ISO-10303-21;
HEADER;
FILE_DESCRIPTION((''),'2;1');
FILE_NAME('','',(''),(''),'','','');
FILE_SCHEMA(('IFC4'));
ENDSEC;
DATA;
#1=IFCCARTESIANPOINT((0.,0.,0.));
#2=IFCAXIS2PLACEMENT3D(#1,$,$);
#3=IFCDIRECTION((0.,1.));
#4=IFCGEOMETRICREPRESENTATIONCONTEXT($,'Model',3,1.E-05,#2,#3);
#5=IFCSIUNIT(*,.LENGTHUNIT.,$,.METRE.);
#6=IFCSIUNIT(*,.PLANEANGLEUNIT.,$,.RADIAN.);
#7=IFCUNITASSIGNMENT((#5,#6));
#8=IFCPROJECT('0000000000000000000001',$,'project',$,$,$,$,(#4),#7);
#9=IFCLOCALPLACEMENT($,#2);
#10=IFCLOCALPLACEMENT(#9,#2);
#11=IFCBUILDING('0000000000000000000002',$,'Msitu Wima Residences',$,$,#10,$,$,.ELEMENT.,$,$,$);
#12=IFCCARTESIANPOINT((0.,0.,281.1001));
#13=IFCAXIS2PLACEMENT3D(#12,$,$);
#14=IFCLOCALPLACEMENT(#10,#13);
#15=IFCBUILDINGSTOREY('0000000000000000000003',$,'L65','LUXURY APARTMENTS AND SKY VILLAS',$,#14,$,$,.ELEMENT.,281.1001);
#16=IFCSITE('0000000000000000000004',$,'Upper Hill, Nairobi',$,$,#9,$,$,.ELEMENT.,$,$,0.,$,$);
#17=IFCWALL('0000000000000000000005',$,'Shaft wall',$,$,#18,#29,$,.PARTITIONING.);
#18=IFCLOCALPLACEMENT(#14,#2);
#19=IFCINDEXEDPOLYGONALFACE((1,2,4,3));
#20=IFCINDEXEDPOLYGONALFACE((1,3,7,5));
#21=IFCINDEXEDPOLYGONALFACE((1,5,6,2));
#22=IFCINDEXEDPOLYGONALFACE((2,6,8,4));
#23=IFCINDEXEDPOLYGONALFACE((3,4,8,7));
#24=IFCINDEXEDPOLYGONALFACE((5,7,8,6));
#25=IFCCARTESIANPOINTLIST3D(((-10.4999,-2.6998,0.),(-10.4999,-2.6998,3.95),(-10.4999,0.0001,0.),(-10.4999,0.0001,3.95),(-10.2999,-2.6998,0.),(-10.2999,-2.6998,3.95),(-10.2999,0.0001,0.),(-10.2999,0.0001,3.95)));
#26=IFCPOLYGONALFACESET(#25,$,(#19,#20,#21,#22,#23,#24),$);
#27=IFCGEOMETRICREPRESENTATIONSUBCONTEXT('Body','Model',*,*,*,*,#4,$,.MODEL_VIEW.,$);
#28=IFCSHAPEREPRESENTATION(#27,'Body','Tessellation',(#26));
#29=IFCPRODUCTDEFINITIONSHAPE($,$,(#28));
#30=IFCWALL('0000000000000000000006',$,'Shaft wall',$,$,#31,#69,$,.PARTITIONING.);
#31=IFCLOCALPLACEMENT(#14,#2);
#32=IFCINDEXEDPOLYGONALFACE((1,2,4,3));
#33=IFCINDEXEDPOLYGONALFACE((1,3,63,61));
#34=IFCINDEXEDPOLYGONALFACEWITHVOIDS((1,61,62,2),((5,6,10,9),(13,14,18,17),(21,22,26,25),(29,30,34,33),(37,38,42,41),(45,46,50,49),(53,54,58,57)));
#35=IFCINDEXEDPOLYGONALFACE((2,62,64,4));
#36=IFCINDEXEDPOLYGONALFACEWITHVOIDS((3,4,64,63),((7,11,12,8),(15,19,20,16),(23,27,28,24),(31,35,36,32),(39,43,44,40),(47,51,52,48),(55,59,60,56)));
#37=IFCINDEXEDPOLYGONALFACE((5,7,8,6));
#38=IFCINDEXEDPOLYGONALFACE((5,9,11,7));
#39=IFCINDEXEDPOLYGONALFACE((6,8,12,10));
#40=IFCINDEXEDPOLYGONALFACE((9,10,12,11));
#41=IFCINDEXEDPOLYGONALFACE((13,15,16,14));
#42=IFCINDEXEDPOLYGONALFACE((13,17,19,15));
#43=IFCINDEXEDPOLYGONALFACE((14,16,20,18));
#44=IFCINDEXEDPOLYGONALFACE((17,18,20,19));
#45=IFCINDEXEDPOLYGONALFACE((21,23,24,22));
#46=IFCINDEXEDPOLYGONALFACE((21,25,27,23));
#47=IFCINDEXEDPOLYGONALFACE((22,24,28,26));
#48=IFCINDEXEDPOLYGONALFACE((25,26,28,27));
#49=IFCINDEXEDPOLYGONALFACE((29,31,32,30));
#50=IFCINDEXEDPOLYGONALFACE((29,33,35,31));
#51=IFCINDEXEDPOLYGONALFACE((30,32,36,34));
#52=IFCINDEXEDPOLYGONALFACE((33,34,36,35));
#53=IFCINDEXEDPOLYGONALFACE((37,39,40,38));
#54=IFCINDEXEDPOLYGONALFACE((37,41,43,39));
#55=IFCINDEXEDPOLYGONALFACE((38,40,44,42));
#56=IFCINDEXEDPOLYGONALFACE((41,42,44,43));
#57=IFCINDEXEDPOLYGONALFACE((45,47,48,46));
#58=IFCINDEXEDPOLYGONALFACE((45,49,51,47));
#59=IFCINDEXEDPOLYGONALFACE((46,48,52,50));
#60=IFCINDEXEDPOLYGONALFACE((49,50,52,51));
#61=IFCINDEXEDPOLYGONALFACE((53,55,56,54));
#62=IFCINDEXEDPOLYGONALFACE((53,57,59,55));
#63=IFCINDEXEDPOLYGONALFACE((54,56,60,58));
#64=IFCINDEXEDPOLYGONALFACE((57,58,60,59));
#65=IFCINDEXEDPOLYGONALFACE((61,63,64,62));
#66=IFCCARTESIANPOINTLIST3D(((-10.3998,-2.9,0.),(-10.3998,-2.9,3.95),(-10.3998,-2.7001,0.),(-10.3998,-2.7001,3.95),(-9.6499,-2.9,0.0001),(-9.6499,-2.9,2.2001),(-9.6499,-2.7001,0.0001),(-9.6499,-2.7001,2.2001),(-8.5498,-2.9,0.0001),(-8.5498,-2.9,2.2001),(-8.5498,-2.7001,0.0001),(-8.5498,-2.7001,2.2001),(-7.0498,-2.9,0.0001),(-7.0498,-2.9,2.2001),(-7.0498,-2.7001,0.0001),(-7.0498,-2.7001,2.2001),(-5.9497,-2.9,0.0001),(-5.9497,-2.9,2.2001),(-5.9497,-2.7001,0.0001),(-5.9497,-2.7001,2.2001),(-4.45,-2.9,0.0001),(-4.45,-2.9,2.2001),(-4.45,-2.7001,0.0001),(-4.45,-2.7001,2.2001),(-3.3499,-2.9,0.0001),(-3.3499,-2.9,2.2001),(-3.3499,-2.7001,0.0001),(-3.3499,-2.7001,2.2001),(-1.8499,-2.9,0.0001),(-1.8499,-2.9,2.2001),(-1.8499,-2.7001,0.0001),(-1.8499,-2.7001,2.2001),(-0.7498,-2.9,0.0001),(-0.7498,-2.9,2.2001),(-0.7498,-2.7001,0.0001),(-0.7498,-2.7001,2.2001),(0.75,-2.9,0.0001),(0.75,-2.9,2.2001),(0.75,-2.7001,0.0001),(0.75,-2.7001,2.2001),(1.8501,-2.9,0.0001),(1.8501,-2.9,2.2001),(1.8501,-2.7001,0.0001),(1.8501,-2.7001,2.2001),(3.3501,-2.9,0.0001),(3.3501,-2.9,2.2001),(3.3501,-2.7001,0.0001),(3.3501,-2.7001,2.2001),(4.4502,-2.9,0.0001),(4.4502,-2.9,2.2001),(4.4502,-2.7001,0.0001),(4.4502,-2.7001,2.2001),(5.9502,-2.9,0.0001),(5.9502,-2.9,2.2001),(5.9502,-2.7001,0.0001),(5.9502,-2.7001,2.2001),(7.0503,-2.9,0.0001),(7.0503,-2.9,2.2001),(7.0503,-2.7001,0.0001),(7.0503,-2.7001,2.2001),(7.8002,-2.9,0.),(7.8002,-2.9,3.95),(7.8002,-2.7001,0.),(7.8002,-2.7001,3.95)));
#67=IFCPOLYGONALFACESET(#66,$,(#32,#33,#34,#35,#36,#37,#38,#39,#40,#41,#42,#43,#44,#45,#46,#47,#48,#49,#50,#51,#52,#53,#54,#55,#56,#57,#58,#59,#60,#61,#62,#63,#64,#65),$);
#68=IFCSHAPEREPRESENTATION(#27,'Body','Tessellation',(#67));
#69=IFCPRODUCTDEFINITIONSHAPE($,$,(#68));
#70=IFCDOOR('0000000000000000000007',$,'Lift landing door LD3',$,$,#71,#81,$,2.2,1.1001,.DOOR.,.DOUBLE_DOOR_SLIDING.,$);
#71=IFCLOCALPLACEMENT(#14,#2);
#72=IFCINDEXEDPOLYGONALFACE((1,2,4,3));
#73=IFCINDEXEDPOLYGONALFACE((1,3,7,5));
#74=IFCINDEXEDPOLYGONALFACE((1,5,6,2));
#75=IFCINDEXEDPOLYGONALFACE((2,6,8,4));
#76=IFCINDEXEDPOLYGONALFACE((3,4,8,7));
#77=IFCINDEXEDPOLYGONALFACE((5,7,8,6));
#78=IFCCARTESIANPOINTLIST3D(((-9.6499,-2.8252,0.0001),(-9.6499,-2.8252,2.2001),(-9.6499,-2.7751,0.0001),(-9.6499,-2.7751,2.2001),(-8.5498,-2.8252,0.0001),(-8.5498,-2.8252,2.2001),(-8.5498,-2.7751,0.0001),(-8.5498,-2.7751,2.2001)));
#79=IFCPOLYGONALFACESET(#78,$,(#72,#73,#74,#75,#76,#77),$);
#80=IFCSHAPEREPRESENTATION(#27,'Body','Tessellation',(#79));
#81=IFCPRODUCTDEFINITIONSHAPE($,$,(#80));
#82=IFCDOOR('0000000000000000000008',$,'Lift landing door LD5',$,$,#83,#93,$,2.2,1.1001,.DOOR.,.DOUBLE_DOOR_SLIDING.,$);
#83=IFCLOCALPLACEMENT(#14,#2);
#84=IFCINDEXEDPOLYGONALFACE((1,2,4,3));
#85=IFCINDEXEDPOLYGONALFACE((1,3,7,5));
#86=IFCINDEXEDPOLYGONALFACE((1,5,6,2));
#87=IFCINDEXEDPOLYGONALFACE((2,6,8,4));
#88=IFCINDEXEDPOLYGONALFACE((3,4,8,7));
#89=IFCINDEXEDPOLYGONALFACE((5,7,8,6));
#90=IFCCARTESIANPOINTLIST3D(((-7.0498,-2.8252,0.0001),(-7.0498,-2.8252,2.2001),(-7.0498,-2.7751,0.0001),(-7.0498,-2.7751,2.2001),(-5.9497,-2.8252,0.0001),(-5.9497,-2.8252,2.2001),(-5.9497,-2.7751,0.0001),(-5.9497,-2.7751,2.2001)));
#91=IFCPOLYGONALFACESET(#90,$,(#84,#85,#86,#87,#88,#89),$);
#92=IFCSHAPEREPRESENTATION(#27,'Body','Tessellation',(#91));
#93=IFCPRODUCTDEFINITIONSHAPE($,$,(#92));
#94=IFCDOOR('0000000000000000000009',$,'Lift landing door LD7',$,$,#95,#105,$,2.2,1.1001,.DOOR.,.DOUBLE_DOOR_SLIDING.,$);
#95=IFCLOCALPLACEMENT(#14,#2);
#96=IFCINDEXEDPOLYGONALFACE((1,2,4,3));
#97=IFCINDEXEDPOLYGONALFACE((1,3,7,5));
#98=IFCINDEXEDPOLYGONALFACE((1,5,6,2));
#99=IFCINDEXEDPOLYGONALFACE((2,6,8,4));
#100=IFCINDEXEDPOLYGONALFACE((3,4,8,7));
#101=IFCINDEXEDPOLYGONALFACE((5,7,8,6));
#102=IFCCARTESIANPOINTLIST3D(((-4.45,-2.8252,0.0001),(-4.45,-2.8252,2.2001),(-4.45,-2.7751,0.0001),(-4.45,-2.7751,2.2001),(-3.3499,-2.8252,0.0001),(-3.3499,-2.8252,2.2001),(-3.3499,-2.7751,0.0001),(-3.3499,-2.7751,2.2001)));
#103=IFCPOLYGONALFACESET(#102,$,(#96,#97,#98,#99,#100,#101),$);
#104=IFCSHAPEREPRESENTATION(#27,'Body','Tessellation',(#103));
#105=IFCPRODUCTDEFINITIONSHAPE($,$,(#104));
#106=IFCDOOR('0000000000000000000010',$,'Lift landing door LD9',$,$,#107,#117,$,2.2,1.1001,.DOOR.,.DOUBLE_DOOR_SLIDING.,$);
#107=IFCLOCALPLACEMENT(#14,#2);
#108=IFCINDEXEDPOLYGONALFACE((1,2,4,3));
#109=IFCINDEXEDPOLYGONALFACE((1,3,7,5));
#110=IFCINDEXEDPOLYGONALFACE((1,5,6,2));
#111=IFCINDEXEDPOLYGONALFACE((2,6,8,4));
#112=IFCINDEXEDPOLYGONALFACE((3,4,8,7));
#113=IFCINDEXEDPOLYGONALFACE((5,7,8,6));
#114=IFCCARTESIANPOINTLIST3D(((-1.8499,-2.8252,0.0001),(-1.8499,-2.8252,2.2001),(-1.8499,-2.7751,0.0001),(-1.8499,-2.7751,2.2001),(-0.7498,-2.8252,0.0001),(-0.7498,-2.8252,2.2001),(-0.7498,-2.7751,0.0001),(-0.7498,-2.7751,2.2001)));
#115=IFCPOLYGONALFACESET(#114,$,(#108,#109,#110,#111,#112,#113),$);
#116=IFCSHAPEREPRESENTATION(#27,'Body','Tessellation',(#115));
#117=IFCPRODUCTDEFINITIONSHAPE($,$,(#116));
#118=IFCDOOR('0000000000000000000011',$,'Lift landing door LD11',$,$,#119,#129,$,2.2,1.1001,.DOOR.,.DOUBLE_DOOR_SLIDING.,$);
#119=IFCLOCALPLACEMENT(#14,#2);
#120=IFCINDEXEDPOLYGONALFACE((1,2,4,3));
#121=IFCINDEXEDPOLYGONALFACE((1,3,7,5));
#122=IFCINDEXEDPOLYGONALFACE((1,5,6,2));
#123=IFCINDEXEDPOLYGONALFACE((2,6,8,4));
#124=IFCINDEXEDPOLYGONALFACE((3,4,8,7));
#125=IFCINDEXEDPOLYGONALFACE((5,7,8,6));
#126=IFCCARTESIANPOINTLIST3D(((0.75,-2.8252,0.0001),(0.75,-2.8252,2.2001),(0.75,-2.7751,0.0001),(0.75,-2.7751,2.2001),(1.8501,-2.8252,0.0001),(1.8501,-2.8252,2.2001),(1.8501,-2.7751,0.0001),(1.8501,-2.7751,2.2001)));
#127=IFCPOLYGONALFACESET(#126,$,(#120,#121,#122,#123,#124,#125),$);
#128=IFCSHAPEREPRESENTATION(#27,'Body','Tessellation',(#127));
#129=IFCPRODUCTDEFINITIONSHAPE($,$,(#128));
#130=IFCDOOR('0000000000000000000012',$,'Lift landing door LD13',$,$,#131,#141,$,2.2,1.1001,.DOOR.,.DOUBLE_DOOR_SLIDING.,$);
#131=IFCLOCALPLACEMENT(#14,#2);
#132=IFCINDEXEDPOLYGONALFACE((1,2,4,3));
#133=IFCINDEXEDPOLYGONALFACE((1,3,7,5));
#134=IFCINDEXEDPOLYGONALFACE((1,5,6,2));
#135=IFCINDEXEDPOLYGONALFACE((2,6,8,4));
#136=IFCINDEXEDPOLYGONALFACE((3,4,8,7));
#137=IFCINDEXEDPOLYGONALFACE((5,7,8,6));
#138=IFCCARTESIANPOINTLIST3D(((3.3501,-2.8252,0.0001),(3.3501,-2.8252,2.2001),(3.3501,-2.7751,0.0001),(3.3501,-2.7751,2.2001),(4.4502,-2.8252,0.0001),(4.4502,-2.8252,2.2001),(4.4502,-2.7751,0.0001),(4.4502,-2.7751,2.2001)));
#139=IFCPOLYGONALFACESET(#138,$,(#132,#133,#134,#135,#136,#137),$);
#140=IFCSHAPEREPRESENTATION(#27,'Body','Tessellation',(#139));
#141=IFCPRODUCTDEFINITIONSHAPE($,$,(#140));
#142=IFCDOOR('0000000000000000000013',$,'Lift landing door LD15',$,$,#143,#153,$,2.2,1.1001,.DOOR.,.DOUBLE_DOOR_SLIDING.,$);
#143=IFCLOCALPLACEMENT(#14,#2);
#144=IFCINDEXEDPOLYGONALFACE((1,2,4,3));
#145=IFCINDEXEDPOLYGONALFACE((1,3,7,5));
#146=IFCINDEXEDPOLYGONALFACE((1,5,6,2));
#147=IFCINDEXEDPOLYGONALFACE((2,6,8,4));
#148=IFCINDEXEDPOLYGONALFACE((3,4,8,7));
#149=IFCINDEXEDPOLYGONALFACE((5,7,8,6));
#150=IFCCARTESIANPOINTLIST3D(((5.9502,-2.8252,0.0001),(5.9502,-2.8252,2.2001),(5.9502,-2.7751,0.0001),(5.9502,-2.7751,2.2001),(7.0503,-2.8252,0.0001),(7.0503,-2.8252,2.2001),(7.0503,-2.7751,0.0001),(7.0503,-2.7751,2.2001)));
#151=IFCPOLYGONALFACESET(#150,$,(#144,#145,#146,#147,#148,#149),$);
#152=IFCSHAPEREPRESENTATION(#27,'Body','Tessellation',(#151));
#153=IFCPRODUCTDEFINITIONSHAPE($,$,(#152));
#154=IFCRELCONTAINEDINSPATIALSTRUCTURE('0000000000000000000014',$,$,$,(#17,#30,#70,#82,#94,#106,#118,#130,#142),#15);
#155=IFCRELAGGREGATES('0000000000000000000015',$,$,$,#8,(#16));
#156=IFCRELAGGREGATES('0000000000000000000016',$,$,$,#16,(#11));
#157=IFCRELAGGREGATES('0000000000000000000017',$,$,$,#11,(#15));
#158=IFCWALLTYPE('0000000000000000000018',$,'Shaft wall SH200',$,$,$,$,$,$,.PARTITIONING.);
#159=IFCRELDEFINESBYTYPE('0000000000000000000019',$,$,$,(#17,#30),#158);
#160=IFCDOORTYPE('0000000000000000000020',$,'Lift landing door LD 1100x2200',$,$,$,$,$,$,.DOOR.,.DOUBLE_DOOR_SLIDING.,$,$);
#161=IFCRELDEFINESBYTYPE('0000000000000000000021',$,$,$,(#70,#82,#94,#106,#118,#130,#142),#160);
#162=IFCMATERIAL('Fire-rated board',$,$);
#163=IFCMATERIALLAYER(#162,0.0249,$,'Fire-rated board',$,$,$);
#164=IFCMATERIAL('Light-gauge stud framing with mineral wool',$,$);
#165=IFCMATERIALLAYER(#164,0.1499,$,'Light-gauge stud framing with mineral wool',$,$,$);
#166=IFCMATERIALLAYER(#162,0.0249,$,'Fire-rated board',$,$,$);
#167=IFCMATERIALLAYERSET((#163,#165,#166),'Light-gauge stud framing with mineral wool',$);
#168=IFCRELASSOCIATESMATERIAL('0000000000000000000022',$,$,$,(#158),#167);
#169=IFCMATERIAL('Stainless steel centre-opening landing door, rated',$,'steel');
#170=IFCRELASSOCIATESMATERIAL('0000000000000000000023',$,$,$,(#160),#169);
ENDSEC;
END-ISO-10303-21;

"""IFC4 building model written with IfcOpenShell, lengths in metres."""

from ifc_helpers import new_model, si_unit, direction, frame, frame_2d, origin, place, context, subcontext, project, spatial, rectangle, extrude, material, layer, layer_set, type_object, element, fill, save


model = new_model("IFC4")

# Units and contexts
model_context = context("Model", 3, precision=1e-05, world=origin(), true_north=direction((0.0, 1.0)))
body_context = subcontext(model_context, "Body", "Model", "MODEL_VIEW")
ifc_project = project(units=[si_unit("LENGTHUNIT", "METRE"), si_unit("PLANEANGLEUNIT", "RADIAN")], contexts=[model_context])

# Site, building, storey
site_placement = place(None, origin())
site = spatial("IfcSite", under=ifc_project, at=site_placement, Name="Upper Hill, Nairobi", CompositionType="ELEMENT", RefElevation=0.0)
building_placement = place(site_placement, origin())
building = spatial("IfcBuilding", under=site, at=building_placement, Name="Msitu Wima Residences", CompositionType="ELEMENT")
storey_placement = place(building_placement, frame((0.0, 0.0, 281.1001)))
storey = spatial("IfcBuildingStorey", under=building, at=storey_placement, Name="L65", Description="LUXURY APARTMENTS AND SKY VILLAS", CompositionType="ELEMENT", Elevation=281.1001)

# Wall
ifc_material_1 = material(Name="Fire-rated board")
ifc_layer_1 = layer(ifc_material_1, 0.0249, Name="Fire-rated board")
ifc_material_2 = material(Name="Light-gauge stud framing with mineral wool")
ifc_layer_2 = layer(ifc_material_2, 0.1499, Name="Light-gauge stud framing with mineral wool")
ifc_layer_3 = layer(ifc_material_1, 0.0249, Name="Fire-rated board")
ifc_layer_set = layer_set([ifc_layer_1, ifc_layer_2, ifc_layer_3], Name="Light-gauge stud framing with mineral wool")
wall_type = type_object("IfcWallType", Name="Shaft wall SH200", PredefinedType="PARTITIONING", material=ifc_layer_set)
wall_1_placement = place(storey_placement, frame((-10.3999, -2.7, 0.0), z_axis=(0.0, 0.0, 1.0), x_axis=(0.0, 1.0, 0.0)))
element("IfcWall", 1, at=wall_1_placement, inside=storey, type_object=wall_type, Name="Shaft wall", PredefinedType="PARTITIONING", context=body_context, shape_type="SweptSolid", body=[
    extrude(rectangle(XDim=2.7, YDim=0.2, at=frame_2d((1.3501, 0.0))), origin(), (0.0, 0.0, 1.0), 3.95),
])

# Wall, openings, doors
wall_2_placement = place(storey_placement, frame((-10.3999, -2.8, 0.0), z_axis=(0.0, 0.0, 1.0), x_axis=(1.0, 0.0, 0.0)))
wall_2 = element("IfcWall", 2, at=wall_2_placement, inside=storey, type_object=wall_type, Name="Shaft wall", PredefinedType="PARTITIONING", context=body_context, shape_type="SweptSolid", body=[
    extrude(rectangle(XDim=18.2, YDim=0.2, at=frame_2d((9.1001, 0.0))), origin(), (0.0, 0.0, 1.0), 3.95),
])
opening_1_placement = place(wall_2_placement, frame((0.75, 0.0, 0.0)))
opening_1 = element("IfcOpeningElement", 3, at=opening_1_placement, cuts=wall_2, PredefinedType="OPENING", context=body_context, shape_type="SweptSolid", body=[
    extrude(rectangle(XDim=1.1001, YDim=2.2, at=frame_2d((0.55, 1.1001))), frame((0.0, 0.1099, 0.0), z_axis=(0.0, -1.0, 0.0), x_axis=(1.0, 0.0, 0.0)), (0.0, 0.0, 1.0), 0.22),
])
opening_2_placement = place(wall_2_placement, frame((3.3501, 0.0, 0.0)))
opening_2 = element("IfcOpeningElement", 4, at=opening_2_placement, cuts=wall_2, PredefinedType="OPENING", context=body_context, shape_type="SweptSolid", body=[
    extrude(rectangle(XDim=1.1001, YDim=2.2, at=frame_2d((0.55, 1.1001))), frame((0.0, 0.1099, 0.0), z_axis=(0.0, -1.0, 0.0), x_axis=(1.0, 0.0, 0.0)), (0.0, 0.0, 1.0), 0.22),
])
opening_3_placement = place(wall_2_placement, frame((5.95, 0.0, 0.0)))
opening_3 = element("IfcOpeningElement", 5, at=opening_3_placement, cuts=wall_2, PredefinedType="OPENING", context=body_context, shape_type="SweptSolid", body=[
    extrude(rectangle(XDim=1.1001, YDim=2.2, at=frame_2d((0.55, 1.1001))), frame((0.0, 0.1099, 0.0), z_axis=(0.0, -1.0, 0.0), x_axis=(1.0, 0.0, 0.0)), (0.0, 0.0, 1.0), 0.22),
])
opening_4_placement = place(wall_2_placement, frame((8.55, 0.0, 0.0)))
opening_4 = element("IfcOpeningElement", 6, at=opening_4_placement, cuts=wall_2, PredefinedType="OPENING", context=body_context, shape_type="SweptSolid", body=[
    extrude(rectangle(XDim=1.1001, YDim=2.2, at=frame_2d((0.55, 1.1001))), frame((0.0, 0.1099, 0.0), z_axis=(0.0, -1.0, 0.0), x_axis=(1.0, 0.0, 0.0)), (0.0, 0.0, 1.0), 0.22),
])
opening_5_placement = place(wall_2_placement, frame((11.1499, 0.0, 0.0)))
opening_5 = element("IfcOpeningElement", 7, at=opening_5_placement, cuts=wall_2, PredefinedType="OPENING", context=body_context, shape_type="SweptSolid", body=[
    extrude(rectangle(XDim=1.1001, YDim=2.2, at=frame_2d((0.55, 1.1001))), frame((0.0, 0.1099, 0.0), z_axis=(0.0, -1.0, 0.0), x_axis=(1.0, 0.0, 0.0)), (0.0, 0.0, 1.0), 0.22),
])
opening_6_placement = place(wall_2_placement, frame((13.75, 0.0, 0.0)))
opening_6 = element("IfcOpeningElement", 8, at=opening_6_placement, cuts=wall_2, PredefinedType="OPENING", context=body_context, shape_type="SweptSolid", body=[
    extrude(rectangle(XDim=1.1001, YDim=2.2, at=frame_2d((0.55, 1.1001))), frame((0.0, 0.1099, 0.0), z_axis=(0.0, -1.0, 0.0), x_axis=(1.0, 0.0, 0.0)), (0.0, 0.0, 1.0), 0.22),
])
opening_7_placement = place(wall_2_placement, frame((16.3501, 0.0, 0.0)))
opening_7 = element("IfcOpeningElement", 9, at=opening_7_placement, cuts=wall_2, PredefinedType="OPENING", context=body_context, shape_type="SweptSolid", body=[
    extrude(rectangle(XDim=1.1001, YDim=2.2, at=frame_2d((0.55, 1.1001))), frame((0.0, 0.1099, 0.0), z_axis=(0.0, -1.0, 0.0), x_axis=(1.0, 0.0, 0.0)), (0.0, 0.0, 1.0), 0.22),
])
ifc_material_3 = material(Name="Stainless steel centre-opening landing door, rated", Category="steel")
door_type = type_object("IfcDoorType", Name="Lift landing door LD 1100x2200", OperationType="DOUBLE_DOOR_SLIDING", PredefinedType="DOOR", material=ifc_material_3)
door_1_placement = place(opening_1_placement, origin())
door_1 = element("IfcDoor", 10, at=door_1_placement, inside=storey, type_object=door_type, Name="Lift landing door LD3", OperationType="DOUBLE_DOOR_SLIDING", OverallHeight=2.2, OverallWidth=1.1001, PredefinedType="DOOR", context=body_context, shape_type="SweptSolid", body=[
    extrude(rectangle(XDim=1.1001, YDim=2.2, at=frame_2d((0.55, 1.1001))), frame((0.0, 0.0249, 0.0), z_axis=(0.0, -1.0, 0.0), x_axis=(1.0, 0.0, 0.0)), (0.0, 0.0, 1.0), 0.05),
])
fill(opening_1, door_1)
door_2_placement = place(opening_2_placement, origin())
door_2 = element("IfcDoor", 11, at=door_2_placement, inside=storey, type_object=door_type, Name="Lift landing door LD5", OperationType="DOUBLE_DOOR_SLIDING", OverallHeight=2.2, OverallWidth=1.1001, PredefinedType="DOOR", context=body_context, shape_type="SweptSolid", body=[
    extrude(rectangle(XDim=1.1001, YDim=2.2, at=frame_2d((0.55, 1.1001))), frame((0.0, 0.0249, 0.0), z_axis=(0.0, -1.0, 0.0), x_axis=(1.0, 0.0, 0.0)), (0.0, 0.0, 1.0), 0.05),
])
fill(opening_2, door_2)
door_3_placement = place(opening_3_placement, origin())
door_3 = element("IfcDoor", 12, at=door_3_placement, inside=storey, type_object=door_type, Name="Lift landing door LD7", OperationType="DOUBLE_DOOR_SLIDING", OverallHeight=2.2, OverallWidth=1.1001, PredefinedType="DOOR", context=body_context, shape_type="SweptSolid", body=[
    extrude(rectangle(XDim=1.1001, YDim=2.2, at=frame_2d((0.55, 1.1001))), frame((0.0, 0.0249, 0.0), z_axis=(0.0, -1.0, 0.0), x_axis=(1.0, 0.0, 0.0)), (0.0, 0.0, 1.0), 0.05),
])
fill(opening_3, door_3)
door_4_placement = place(opening_4_placement, origin())
door_4 = element("IfcDoor", 13, at=door_4_placement, inside=storey, type_object=door_type, Name="Lift landing door LD9", OperationType="DOUBLE_DOOR_SLIDING", OverallHeight=2.2, OverallWidth=1.1001, PredefinedType="DOOR", context=body_context, shape_type="SweptSolid", body=[
    extrude(rectangle(XDim=1.1001, YDim=2.2, at=frame_2d((0.55, 1.1001))), frame((0.0, 0.0249, 0.0), z_axis=(0.0, -1.0, 0.0), x_axis=(1.0, 0.0, 0.0)), (0.0, 0.0, 1.0), 0.05),
])
fill(opening_4, door_4)
door_5_placement = place(opening_5_placement, origin())
door_5 = element("IfcDoor", 14, at=door_5_placement, inside=storey, type_object=door_type, Name="Lift landing door LD11", OperationType="DOUBLE_DOOR_SLIDING", OverallHeight=2.2, OverallWidth=1.1001, PredefinedType="DOOR", context=body_context, shape_type="SweptSolid", body=[
    extrude(rectangle(XDim=1.1001, YDim=2.2, at=frame_2d((0.55, 1.1001))), frame((0.0, 0.0249, 0.0), z_axis=(0.0, -1.0, 0.0), x_axis=(1.0, 0.0, 0.0)), (0.0, 0.0, 1.0), 0.05),
])
fill(opening_5, door_5)
door_6_placement = place(opening_6_placement, origin())
door_6 = element("IfcDoor", 15, at=door_6_placement, inside=storey, type_object=door_type, Name="Lift landing door LD13", OperationType="DOUBLE_DOOR_SLIDING", OverallHeight=2.2, OverallWidth=1.1001, PredefinedType="DOOR", context=body_context, shape_type="SweptSolid", body=[
    extrude(rectangle(XDim=1.1001, YDim=2.2, at=frame_2d((0.55, 1.1001))), frame((0.0, 0.0249, 0.0), z_axis=(0.0, -1.0, 0.0), x_axis=(1.0, 0.0, 0.0)), (0.0, 0.0, 1.0), 0.05),
])
fill(opening_6, door_6)
door_7_placement = place(opening_7_placement, origin())
door_7 = element("IfcDoor", 16, at=door_7_placement, inside=storey, type_object=door_type, Name="Lift landing door LD15", OperationType="DOUBLE_DOOR_SLIDING", OverallHeight=2.2, OverallWidth=1.1001, PredefinedType="DOOR", context=body_context, shape_type="SweptSolid", body=[
    extrude(rectangle(XDim=1.1001, YDim=2.2, at=frame_2d((0.55, 1.1001))), frame((0.0, 0.0249, 0.0), z_axis=(0.0, -1.0, 0.0), x_axis=(1.0, 0.0, 0.0)), (0.0, 0.0, 1.0), 0.05),
])
fill(opening_7, door_7)

save(model, "model.ifc")
